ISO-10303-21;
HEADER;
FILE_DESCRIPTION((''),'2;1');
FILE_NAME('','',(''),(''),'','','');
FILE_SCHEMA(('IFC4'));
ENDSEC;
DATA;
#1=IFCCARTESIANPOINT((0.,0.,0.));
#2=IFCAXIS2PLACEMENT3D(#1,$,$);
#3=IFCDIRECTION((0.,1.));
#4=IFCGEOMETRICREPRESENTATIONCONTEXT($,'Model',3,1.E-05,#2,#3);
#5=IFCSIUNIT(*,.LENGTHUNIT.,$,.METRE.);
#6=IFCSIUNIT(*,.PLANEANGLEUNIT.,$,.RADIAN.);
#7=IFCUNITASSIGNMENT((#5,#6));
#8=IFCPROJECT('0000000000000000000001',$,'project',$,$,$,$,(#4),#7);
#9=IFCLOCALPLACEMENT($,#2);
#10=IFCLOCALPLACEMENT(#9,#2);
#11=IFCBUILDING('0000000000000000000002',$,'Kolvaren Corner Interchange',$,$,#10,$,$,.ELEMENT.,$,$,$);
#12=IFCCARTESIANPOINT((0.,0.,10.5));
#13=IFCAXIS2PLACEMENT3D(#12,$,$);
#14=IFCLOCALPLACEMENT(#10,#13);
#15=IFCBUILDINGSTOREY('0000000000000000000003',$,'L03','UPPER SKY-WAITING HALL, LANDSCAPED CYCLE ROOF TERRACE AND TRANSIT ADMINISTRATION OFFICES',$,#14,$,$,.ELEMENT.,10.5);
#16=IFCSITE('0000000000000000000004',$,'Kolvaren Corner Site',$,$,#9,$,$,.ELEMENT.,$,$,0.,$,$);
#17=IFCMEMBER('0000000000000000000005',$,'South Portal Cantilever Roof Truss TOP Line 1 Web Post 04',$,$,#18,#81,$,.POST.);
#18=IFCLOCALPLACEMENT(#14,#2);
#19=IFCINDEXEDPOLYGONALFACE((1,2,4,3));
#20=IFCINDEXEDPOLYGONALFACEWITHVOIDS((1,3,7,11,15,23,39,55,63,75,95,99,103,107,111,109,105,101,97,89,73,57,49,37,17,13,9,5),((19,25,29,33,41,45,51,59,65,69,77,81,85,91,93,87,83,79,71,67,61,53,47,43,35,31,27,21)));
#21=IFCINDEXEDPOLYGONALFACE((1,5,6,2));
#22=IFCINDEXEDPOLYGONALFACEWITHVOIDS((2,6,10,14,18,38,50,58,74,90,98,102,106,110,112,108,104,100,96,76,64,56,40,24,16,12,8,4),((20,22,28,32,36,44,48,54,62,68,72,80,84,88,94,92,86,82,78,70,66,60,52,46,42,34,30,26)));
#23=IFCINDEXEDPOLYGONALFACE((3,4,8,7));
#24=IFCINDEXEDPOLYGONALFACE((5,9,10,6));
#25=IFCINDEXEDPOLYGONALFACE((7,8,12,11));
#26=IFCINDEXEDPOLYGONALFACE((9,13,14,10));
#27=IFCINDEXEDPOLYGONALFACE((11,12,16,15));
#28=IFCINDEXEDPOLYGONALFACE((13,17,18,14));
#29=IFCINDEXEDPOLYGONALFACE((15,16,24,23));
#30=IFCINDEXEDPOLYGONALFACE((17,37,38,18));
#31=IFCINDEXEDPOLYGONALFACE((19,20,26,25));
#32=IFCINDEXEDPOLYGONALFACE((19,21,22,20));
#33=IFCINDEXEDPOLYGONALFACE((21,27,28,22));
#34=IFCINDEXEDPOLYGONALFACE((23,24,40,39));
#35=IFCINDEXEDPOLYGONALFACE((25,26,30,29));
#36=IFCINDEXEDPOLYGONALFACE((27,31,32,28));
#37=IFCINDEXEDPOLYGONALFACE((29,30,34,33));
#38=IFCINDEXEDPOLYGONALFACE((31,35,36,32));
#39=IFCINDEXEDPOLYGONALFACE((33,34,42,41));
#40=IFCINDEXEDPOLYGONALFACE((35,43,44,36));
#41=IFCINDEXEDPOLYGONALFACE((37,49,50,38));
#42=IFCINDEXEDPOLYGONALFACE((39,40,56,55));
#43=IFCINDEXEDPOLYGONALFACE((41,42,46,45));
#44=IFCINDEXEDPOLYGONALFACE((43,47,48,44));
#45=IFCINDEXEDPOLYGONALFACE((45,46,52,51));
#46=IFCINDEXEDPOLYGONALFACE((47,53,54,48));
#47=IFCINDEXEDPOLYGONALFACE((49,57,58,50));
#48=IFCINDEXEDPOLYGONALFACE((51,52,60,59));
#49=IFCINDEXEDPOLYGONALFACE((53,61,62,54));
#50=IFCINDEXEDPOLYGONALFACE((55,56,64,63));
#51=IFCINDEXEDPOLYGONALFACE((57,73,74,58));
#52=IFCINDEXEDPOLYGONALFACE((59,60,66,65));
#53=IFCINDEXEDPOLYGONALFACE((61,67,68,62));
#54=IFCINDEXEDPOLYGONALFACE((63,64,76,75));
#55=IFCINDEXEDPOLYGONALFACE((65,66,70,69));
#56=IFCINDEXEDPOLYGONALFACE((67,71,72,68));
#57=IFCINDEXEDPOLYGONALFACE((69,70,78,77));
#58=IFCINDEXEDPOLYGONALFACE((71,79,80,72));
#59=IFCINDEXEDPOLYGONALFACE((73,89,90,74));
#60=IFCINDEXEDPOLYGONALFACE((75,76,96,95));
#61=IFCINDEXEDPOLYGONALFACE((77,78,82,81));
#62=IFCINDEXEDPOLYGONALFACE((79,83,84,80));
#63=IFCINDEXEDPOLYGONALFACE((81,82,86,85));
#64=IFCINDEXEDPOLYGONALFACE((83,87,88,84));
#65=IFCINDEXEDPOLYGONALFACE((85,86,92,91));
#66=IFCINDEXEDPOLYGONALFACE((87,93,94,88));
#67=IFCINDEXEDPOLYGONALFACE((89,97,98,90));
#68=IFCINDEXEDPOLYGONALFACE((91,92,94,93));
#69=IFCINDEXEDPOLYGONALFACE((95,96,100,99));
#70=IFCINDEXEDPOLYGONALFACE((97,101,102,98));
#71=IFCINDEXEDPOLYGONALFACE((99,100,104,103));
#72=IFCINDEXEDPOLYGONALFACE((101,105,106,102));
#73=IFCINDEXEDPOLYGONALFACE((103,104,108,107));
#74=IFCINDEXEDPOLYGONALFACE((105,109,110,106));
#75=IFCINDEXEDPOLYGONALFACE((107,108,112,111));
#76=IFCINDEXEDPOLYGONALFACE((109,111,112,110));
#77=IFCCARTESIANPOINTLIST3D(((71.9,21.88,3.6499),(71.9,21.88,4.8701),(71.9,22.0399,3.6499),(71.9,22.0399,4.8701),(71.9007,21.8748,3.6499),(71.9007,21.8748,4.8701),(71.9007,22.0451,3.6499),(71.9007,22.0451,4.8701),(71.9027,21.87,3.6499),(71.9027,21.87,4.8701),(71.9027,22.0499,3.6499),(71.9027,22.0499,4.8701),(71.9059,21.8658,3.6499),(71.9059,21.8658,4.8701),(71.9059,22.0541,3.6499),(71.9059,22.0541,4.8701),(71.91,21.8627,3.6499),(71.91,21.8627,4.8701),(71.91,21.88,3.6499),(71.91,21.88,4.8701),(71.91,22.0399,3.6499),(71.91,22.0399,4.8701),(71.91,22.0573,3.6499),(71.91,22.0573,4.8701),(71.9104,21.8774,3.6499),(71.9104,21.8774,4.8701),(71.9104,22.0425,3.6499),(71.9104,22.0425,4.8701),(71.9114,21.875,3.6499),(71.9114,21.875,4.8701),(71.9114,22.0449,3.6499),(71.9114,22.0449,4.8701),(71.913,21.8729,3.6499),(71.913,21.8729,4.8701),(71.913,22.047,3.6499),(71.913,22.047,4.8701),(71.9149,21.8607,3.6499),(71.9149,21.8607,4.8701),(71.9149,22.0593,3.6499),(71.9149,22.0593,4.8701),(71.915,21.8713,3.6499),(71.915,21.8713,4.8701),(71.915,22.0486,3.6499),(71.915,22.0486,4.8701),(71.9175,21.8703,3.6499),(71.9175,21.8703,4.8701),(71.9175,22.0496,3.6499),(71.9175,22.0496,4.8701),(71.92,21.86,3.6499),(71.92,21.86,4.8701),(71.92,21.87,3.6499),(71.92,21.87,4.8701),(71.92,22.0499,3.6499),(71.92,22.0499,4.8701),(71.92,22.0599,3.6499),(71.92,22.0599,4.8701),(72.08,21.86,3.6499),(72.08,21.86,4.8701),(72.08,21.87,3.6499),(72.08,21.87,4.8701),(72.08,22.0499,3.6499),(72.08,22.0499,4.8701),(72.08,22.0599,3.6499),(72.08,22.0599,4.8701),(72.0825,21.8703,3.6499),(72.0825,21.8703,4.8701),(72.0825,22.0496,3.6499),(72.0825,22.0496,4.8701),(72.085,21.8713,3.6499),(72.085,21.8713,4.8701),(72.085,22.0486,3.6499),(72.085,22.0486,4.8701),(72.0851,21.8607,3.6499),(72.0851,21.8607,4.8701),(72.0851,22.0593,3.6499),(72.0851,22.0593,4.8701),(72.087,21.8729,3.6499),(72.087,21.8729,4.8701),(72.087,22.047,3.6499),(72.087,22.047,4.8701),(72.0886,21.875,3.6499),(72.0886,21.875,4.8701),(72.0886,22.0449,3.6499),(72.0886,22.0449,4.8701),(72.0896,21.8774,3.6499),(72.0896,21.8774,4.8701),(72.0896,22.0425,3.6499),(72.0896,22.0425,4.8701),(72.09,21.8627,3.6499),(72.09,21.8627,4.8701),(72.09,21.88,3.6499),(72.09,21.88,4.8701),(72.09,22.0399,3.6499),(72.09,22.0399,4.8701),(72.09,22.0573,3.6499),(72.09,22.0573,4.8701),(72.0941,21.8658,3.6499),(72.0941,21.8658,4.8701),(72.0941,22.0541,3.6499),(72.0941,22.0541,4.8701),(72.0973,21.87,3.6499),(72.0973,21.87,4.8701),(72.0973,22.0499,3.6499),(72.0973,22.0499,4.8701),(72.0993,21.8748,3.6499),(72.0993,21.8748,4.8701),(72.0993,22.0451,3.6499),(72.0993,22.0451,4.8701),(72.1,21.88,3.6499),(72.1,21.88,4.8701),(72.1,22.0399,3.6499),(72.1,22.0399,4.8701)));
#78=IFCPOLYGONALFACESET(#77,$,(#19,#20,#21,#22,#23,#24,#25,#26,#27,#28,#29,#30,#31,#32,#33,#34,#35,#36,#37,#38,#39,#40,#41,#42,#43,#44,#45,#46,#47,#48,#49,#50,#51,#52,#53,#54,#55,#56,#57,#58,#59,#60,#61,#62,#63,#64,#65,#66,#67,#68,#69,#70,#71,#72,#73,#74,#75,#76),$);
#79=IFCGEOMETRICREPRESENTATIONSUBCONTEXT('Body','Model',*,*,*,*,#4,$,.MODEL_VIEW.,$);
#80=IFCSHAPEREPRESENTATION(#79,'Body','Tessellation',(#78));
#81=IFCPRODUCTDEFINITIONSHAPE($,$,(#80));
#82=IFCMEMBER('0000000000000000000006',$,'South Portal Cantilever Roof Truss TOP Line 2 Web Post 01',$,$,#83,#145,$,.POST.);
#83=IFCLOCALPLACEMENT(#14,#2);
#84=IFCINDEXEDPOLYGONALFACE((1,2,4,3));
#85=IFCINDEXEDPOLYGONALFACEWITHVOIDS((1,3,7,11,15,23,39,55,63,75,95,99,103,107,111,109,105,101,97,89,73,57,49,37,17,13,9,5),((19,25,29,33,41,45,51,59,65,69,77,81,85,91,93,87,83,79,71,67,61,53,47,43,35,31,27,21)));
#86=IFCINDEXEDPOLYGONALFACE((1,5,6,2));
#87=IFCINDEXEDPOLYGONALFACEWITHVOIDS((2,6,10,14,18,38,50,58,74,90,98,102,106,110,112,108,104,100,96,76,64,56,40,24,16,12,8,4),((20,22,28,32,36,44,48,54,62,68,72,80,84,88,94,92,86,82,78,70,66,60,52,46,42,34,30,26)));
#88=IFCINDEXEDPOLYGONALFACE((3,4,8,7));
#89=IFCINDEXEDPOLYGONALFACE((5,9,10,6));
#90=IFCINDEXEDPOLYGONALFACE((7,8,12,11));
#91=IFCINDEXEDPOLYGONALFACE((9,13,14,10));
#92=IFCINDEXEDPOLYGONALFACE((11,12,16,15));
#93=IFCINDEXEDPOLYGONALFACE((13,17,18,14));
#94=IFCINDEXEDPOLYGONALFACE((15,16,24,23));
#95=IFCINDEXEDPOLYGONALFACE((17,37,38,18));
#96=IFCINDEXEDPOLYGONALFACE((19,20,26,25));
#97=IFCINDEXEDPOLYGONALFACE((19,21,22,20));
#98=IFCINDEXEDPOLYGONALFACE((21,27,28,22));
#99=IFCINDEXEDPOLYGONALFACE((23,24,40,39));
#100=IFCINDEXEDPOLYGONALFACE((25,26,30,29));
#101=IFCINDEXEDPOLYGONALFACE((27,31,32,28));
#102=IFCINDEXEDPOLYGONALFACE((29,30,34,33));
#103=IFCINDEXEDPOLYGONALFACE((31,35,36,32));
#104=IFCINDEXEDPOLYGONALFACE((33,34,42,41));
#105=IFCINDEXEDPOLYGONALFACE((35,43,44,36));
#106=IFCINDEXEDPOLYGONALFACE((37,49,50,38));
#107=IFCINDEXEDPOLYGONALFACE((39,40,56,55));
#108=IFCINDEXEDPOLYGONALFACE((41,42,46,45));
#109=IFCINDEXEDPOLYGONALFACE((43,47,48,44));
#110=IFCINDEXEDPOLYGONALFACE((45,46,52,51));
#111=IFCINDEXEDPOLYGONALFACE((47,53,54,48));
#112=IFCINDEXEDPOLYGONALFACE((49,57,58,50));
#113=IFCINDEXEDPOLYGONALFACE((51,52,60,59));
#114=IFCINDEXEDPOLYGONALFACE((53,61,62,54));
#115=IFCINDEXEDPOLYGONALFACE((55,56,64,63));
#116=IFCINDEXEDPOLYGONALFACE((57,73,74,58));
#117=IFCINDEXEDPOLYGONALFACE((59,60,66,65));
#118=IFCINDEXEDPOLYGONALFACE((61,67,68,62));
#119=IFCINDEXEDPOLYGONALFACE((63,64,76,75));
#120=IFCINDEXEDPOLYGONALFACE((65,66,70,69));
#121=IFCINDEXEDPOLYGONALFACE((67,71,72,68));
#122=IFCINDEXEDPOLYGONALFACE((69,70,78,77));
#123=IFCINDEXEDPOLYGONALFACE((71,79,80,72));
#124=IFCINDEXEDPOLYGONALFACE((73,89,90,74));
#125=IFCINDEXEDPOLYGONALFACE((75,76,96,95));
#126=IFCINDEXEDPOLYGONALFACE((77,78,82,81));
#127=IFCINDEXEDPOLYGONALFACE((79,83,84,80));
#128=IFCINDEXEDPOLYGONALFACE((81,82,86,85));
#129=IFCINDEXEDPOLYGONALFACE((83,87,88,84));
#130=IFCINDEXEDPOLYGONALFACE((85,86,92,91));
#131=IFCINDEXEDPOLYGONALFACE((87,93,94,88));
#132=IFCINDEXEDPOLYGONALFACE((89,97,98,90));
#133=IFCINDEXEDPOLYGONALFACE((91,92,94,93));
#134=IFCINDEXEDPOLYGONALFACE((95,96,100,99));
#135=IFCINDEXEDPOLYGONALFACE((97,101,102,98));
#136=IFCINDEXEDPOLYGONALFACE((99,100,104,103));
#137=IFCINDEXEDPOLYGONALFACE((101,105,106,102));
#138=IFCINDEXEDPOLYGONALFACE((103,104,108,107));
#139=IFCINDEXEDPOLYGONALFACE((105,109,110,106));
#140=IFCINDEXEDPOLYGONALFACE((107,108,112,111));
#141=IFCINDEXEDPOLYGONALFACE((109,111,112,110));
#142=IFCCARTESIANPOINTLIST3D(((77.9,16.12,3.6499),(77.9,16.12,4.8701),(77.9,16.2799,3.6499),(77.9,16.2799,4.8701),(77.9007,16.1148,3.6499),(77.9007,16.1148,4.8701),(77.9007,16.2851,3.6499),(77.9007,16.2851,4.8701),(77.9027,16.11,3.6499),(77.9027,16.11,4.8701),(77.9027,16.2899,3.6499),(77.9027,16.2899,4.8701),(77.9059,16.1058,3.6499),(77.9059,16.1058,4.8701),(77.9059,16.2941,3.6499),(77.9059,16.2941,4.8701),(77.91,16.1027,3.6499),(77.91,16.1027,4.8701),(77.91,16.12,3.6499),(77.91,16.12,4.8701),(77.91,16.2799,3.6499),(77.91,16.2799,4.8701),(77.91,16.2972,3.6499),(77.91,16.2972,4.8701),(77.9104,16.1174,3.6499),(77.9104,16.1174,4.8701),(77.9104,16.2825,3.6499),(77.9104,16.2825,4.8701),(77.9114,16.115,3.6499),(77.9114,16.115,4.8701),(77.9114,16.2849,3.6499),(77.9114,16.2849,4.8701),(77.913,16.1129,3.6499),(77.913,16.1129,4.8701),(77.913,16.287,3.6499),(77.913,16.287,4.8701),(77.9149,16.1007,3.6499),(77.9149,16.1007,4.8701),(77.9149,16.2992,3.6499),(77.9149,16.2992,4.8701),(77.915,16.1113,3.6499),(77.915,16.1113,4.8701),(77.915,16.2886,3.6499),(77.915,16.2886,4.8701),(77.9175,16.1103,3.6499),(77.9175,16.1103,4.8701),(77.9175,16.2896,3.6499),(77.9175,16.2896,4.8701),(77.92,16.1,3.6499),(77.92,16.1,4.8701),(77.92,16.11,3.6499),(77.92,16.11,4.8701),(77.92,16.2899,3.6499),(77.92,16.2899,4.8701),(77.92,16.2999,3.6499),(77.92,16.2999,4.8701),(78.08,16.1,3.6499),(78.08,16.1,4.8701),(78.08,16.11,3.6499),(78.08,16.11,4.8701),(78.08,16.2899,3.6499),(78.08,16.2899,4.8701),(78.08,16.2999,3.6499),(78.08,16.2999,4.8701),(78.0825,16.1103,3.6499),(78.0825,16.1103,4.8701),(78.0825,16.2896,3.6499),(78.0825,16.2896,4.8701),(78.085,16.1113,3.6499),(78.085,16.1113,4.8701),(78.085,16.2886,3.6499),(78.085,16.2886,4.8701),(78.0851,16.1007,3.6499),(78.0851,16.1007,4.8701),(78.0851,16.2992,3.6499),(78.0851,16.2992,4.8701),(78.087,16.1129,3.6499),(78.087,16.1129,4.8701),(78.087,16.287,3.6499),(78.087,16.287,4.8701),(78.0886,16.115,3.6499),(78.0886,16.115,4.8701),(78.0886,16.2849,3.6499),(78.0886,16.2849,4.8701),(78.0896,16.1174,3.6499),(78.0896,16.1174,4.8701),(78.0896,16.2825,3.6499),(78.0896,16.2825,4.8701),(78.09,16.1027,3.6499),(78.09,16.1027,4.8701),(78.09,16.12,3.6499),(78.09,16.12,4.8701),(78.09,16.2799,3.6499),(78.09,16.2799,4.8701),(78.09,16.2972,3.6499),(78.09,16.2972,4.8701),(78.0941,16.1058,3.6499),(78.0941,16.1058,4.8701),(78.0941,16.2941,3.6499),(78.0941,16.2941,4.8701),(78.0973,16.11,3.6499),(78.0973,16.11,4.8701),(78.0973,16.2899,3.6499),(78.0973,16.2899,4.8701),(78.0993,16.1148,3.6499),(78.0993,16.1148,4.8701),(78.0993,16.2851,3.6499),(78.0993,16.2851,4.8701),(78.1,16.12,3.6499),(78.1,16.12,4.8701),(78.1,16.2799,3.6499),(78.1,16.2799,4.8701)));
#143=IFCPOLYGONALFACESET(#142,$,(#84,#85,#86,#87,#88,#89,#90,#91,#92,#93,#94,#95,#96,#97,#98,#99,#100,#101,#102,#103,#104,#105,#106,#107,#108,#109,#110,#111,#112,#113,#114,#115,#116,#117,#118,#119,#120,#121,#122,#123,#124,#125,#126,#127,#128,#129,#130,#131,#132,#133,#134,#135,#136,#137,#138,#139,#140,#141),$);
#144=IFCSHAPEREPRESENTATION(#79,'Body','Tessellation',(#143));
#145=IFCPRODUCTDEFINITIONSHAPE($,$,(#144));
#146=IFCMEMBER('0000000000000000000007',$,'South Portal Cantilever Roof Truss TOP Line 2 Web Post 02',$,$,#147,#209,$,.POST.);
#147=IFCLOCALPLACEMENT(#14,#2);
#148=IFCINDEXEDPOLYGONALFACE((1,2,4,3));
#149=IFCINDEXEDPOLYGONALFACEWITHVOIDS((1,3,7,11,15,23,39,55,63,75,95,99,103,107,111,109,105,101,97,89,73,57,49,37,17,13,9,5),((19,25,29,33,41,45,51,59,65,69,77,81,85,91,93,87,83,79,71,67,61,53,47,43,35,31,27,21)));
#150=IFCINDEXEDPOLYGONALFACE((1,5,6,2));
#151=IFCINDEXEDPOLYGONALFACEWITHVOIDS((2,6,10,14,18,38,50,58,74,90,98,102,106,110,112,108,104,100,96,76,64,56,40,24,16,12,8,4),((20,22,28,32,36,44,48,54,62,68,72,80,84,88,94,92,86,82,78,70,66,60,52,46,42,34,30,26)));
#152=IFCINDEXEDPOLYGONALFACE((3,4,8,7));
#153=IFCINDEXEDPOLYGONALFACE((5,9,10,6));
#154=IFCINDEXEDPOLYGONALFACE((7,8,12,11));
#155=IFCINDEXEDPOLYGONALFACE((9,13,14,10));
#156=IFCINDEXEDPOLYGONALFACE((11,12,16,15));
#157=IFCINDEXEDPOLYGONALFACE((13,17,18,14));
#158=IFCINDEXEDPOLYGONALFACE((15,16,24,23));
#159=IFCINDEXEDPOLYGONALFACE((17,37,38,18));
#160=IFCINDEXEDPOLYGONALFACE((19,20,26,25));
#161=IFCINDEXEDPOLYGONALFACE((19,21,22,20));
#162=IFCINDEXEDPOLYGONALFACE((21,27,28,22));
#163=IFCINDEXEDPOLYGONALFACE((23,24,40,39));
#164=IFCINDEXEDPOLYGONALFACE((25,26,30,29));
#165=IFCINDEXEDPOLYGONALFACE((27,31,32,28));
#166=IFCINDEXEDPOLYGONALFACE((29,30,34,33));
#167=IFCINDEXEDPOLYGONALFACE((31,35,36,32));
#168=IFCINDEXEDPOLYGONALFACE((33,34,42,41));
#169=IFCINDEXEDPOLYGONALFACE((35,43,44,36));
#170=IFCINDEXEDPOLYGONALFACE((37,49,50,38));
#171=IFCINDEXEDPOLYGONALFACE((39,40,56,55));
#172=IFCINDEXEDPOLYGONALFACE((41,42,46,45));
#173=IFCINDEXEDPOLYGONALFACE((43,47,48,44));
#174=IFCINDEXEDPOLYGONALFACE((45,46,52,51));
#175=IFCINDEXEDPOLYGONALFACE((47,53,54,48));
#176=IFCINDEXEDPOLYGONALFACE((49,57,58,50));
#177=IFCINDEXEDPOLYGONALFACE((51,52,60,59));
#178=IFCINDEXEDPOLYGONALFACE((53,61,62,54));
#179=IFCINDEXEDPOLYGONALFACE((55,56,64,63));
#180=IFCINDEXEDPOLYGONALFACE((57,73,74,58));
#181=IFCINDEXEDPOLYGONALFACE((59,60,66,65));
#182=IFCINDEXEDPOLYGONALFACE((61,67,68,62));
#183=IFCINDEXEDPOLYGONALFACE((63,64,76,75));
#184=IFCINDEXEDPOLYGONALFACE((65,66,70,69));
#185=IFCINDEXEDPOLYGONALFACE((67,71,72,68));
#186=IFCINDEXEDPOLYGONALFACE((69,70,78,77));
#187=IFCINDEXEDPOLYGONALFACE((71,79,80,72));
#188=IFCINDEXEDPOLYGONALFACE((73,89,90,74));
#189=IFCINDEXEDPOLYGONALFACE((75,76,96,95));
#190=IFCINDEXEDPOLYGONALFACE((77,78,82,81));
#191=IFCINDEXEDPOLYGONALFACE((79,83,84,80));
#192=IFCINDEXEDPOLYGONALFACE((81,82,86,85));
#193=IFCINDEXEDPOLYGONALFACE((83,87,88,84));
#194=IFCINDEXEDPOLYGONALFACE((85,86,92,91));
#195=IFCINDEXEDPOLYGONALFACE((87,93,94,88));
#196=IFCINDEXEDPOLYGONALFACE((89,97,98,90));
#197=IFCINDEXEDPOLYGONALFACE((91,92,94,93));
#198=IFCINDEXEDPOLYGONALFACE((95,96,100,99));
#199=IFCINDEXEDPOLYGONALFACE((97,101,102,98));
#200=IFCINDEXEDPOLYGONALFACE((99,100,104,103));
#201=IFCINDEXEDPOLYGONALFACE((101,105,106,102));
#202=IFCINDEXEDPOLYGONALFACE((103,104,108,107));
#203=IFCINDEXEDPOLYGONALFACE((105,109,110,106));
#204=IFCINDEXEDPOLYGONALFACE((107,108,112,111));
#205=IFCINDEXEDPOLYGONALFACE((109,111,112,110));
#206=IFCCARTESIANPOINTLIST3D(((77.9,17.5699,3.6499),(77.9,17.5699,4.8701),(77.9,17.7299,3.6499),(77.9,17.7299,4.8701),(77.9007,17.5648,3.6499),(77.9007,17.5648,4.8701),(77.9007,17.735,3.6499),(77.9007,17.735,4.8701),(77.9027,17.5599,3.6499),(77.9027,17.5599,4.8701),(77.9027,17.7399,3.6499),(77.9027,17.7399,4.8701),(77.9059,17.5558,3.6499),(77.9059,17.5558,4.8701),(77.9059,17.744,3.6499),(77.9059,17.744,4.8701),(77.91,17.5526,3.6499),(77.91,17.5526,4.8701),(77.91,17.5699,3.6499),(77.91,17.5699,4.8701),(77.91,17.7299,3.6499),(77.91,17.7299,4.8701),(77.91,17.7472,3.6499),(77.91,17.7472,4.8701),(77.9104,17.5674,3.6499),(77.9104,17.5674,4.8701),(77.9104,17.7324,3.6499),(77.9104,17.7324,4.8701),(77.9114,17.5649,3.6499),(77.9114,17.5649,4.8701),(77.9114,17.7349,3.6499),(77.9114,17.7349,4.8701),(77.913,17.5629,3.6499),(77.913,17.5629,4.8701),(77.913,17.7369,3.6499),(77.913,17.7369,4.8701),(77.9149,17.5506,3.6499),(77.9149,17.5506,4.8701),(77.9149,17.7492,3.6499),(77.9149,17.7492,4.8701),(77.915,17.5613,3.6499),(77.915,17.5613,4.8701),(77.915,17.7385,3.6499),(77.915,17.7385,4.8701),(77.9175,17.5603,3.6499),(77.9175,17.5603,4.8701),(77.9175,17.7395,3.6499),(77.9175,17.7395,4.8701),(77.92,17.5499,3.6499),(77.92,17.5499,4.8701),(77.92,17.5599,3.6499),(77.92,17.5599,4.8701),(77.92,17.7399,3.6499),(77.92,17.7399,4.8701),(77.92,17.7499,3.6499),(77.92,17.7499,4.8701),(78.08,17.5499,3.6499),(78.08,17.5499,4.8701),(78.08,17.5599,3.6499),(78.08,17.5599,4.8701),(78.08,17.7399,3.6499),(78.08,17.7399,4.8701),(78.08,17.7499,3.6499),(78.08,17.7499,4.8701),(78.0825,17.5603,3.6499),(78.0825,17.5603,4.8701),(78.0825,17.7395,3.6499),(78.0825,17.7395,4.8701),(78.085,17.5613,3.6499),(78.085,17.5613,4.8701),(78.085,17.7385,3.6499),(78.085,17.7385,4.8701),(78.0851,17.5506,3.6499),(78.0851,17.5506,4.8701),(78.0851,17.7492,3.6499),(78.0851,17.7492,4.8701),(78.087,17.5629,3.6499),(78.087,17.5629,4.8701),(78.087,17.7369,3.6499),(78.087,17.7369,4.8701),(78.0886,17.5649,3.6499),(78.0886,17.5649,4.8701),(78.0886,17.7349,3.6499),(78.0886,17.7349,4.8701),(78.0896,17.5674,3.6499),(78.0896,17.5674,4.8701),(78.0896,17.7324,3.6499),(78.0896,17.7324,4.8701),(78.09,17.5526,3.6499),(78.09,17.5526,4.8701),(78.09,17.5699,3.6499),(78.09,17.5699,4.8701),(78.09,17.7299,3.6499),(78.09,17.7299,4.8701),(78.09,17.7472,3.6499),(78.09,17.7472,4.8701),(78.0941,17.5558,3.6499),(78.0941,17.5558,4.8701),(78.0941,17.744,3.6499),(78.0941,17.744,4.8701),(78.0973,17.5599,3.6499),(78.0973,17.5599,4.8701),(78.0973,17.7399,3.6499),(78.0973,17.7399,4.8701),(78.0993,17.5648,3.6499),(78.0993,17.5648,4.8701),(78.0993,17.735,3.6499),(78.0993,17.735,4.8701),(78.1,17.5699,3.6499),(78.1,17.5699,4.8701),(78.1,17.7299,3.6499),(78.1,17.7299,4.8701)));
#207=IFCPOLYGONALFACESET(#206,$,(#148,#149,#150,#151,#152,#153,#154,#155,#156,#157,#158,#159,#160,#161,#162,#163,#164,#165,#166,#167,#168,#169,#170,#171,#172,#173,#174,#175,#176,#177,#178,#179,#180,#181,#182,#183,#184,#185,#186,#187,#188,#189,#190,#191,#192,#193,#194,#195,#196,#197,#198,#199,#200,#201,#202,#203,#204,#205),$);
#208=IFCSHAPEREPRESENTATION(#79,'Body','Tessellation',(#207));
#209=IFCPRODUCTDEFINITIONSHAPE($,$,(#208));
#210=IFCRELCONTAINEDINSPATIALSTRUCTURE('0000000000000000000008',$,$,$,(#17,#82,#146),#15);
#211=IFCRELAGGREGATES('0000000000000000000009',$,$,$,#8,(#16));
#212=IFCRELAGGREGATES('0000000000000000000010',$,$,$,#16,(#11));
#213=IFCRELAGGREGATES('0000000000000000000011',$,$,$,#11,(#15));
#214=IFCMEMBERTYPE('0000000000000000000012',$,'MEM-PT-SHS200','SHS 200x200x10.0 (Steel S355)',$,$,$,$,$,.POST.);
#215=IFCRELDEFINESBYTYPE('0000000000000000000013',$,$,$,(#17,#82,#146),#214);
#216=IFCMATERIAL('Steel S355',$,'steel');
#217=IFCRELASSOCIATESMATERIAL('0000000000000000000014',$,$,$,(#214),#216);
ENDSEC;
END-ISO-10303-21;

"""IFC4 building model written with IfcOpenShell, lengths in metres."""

from ifc_helpers import new_model, si_unit, direction, frame, origin, origin_2d, place, context, subcontext, project, spatial, hollow_rectangle, extrude, material, material_profile, profile_set, type_object, element, save


model = new_model("IFC4")

# Units and contexts
model_context = context("Model", 3, precision=1e-05, world=origin(), true_north=direction((0.0, 1.0)))
body_context = subcontext(model_context, "Body", "Model", "MODEL_VIEW")
ifc_project = project(units=[si_unit("LENGTHUNIT", "METRE"), si_unit("PLANEANGLEUNIT", "RADIAN")], contexts=[model_context])

# Site, building, storey
site_placement = place(None, origin())
site = spatial("IfcSite", under=ifc_project, at=site_placement, Name="Kolvaren Corner Site", CompositionType="ELEMENT", RefElevation=0.0)
building_placement = place(site_placement, origin())
building = spatial("IfcBuilding", under=site, at=building_placement, Name="Kolvaren Corner Interchange", CompositionType="ELEMENT")
storey_placement = place(building_placement, frame((0.0, 0.0, 10.5)))
storey = spatial("IfcBuildingStorey", under=building, at=storey_placement, Name="L03", Description="UPPER SKY-WAITING HALL, LANDSCAPED CYCLE ROOF TERRACE AND TRANSIT ADMINISTRATION OFFICES", CompositionType="ELEMENT", Elevation=10.5)

# Members
ifc_material_1 = material(Name="Steel S355", Category="steel")
ifc_material_profile_1 = material_profile(ifc_material_1, hollow_rectangle(XDim=0.2, YDim=0.2, WallThickness=0.01, InnerFilletRadius=0.01, OuterFilletRadius=0.02, at=origin_2d()), Name="SHS 200x200x10.0")
ifc_profile_set_1 = profile_set([ifc_material_profile_1], Name="Steel S355")
member_type_1 = type_object("IfcMemberType", Name="MEM-PT-SHS200", Description="SHS 200x200x10.0 (Steel S355)", PredefinedType="POST", material=ifc_profile_set_1)
for number, where, z_axis, x_axis, name in (
    (1, (72.0, 21.96, 3.6499), (0.0, 0.0, 1.0), (1.0, 0.0, 0.0), "South Portal Cantilever Roof Truss TOP Line 1 Web Post 04"),
    (2, (78.0, 16.2, 3.6499), (0.0, 0.0, 1.0), (1.0, 0.0, 0.0), "South Portal Cantilever Roof Truss TOP Line 2 Web Post 01"),
    (3, (78.0, 17.6499, 3.6499), (0.0, 0.0, 1.0), (1.0, 0.0, 0.0), "South Portal Cantilever Roof Truss TOP Line 2 Web Post 02"),
):
    element("IfcMember", number, at=place(storey_placement, frame(where, z_axis=z_axis, x_axis=x_axis)), inside=storey, type_object=member_type_1, Name=name, PredefinedType="POST", context=body_context, shape_type="SweptSolid", body=[
        extrude(hollow_rectangle(XDim=0.2, YDim=0.2, WallThickness=0.01, InnerFilletRadius=0.01, OuterFilletRadius=0.02, at=origin_2d()), origin(), (0.0, 0.0, 1.0), 1.2202),
    ])

save(model, "model.ifc")
